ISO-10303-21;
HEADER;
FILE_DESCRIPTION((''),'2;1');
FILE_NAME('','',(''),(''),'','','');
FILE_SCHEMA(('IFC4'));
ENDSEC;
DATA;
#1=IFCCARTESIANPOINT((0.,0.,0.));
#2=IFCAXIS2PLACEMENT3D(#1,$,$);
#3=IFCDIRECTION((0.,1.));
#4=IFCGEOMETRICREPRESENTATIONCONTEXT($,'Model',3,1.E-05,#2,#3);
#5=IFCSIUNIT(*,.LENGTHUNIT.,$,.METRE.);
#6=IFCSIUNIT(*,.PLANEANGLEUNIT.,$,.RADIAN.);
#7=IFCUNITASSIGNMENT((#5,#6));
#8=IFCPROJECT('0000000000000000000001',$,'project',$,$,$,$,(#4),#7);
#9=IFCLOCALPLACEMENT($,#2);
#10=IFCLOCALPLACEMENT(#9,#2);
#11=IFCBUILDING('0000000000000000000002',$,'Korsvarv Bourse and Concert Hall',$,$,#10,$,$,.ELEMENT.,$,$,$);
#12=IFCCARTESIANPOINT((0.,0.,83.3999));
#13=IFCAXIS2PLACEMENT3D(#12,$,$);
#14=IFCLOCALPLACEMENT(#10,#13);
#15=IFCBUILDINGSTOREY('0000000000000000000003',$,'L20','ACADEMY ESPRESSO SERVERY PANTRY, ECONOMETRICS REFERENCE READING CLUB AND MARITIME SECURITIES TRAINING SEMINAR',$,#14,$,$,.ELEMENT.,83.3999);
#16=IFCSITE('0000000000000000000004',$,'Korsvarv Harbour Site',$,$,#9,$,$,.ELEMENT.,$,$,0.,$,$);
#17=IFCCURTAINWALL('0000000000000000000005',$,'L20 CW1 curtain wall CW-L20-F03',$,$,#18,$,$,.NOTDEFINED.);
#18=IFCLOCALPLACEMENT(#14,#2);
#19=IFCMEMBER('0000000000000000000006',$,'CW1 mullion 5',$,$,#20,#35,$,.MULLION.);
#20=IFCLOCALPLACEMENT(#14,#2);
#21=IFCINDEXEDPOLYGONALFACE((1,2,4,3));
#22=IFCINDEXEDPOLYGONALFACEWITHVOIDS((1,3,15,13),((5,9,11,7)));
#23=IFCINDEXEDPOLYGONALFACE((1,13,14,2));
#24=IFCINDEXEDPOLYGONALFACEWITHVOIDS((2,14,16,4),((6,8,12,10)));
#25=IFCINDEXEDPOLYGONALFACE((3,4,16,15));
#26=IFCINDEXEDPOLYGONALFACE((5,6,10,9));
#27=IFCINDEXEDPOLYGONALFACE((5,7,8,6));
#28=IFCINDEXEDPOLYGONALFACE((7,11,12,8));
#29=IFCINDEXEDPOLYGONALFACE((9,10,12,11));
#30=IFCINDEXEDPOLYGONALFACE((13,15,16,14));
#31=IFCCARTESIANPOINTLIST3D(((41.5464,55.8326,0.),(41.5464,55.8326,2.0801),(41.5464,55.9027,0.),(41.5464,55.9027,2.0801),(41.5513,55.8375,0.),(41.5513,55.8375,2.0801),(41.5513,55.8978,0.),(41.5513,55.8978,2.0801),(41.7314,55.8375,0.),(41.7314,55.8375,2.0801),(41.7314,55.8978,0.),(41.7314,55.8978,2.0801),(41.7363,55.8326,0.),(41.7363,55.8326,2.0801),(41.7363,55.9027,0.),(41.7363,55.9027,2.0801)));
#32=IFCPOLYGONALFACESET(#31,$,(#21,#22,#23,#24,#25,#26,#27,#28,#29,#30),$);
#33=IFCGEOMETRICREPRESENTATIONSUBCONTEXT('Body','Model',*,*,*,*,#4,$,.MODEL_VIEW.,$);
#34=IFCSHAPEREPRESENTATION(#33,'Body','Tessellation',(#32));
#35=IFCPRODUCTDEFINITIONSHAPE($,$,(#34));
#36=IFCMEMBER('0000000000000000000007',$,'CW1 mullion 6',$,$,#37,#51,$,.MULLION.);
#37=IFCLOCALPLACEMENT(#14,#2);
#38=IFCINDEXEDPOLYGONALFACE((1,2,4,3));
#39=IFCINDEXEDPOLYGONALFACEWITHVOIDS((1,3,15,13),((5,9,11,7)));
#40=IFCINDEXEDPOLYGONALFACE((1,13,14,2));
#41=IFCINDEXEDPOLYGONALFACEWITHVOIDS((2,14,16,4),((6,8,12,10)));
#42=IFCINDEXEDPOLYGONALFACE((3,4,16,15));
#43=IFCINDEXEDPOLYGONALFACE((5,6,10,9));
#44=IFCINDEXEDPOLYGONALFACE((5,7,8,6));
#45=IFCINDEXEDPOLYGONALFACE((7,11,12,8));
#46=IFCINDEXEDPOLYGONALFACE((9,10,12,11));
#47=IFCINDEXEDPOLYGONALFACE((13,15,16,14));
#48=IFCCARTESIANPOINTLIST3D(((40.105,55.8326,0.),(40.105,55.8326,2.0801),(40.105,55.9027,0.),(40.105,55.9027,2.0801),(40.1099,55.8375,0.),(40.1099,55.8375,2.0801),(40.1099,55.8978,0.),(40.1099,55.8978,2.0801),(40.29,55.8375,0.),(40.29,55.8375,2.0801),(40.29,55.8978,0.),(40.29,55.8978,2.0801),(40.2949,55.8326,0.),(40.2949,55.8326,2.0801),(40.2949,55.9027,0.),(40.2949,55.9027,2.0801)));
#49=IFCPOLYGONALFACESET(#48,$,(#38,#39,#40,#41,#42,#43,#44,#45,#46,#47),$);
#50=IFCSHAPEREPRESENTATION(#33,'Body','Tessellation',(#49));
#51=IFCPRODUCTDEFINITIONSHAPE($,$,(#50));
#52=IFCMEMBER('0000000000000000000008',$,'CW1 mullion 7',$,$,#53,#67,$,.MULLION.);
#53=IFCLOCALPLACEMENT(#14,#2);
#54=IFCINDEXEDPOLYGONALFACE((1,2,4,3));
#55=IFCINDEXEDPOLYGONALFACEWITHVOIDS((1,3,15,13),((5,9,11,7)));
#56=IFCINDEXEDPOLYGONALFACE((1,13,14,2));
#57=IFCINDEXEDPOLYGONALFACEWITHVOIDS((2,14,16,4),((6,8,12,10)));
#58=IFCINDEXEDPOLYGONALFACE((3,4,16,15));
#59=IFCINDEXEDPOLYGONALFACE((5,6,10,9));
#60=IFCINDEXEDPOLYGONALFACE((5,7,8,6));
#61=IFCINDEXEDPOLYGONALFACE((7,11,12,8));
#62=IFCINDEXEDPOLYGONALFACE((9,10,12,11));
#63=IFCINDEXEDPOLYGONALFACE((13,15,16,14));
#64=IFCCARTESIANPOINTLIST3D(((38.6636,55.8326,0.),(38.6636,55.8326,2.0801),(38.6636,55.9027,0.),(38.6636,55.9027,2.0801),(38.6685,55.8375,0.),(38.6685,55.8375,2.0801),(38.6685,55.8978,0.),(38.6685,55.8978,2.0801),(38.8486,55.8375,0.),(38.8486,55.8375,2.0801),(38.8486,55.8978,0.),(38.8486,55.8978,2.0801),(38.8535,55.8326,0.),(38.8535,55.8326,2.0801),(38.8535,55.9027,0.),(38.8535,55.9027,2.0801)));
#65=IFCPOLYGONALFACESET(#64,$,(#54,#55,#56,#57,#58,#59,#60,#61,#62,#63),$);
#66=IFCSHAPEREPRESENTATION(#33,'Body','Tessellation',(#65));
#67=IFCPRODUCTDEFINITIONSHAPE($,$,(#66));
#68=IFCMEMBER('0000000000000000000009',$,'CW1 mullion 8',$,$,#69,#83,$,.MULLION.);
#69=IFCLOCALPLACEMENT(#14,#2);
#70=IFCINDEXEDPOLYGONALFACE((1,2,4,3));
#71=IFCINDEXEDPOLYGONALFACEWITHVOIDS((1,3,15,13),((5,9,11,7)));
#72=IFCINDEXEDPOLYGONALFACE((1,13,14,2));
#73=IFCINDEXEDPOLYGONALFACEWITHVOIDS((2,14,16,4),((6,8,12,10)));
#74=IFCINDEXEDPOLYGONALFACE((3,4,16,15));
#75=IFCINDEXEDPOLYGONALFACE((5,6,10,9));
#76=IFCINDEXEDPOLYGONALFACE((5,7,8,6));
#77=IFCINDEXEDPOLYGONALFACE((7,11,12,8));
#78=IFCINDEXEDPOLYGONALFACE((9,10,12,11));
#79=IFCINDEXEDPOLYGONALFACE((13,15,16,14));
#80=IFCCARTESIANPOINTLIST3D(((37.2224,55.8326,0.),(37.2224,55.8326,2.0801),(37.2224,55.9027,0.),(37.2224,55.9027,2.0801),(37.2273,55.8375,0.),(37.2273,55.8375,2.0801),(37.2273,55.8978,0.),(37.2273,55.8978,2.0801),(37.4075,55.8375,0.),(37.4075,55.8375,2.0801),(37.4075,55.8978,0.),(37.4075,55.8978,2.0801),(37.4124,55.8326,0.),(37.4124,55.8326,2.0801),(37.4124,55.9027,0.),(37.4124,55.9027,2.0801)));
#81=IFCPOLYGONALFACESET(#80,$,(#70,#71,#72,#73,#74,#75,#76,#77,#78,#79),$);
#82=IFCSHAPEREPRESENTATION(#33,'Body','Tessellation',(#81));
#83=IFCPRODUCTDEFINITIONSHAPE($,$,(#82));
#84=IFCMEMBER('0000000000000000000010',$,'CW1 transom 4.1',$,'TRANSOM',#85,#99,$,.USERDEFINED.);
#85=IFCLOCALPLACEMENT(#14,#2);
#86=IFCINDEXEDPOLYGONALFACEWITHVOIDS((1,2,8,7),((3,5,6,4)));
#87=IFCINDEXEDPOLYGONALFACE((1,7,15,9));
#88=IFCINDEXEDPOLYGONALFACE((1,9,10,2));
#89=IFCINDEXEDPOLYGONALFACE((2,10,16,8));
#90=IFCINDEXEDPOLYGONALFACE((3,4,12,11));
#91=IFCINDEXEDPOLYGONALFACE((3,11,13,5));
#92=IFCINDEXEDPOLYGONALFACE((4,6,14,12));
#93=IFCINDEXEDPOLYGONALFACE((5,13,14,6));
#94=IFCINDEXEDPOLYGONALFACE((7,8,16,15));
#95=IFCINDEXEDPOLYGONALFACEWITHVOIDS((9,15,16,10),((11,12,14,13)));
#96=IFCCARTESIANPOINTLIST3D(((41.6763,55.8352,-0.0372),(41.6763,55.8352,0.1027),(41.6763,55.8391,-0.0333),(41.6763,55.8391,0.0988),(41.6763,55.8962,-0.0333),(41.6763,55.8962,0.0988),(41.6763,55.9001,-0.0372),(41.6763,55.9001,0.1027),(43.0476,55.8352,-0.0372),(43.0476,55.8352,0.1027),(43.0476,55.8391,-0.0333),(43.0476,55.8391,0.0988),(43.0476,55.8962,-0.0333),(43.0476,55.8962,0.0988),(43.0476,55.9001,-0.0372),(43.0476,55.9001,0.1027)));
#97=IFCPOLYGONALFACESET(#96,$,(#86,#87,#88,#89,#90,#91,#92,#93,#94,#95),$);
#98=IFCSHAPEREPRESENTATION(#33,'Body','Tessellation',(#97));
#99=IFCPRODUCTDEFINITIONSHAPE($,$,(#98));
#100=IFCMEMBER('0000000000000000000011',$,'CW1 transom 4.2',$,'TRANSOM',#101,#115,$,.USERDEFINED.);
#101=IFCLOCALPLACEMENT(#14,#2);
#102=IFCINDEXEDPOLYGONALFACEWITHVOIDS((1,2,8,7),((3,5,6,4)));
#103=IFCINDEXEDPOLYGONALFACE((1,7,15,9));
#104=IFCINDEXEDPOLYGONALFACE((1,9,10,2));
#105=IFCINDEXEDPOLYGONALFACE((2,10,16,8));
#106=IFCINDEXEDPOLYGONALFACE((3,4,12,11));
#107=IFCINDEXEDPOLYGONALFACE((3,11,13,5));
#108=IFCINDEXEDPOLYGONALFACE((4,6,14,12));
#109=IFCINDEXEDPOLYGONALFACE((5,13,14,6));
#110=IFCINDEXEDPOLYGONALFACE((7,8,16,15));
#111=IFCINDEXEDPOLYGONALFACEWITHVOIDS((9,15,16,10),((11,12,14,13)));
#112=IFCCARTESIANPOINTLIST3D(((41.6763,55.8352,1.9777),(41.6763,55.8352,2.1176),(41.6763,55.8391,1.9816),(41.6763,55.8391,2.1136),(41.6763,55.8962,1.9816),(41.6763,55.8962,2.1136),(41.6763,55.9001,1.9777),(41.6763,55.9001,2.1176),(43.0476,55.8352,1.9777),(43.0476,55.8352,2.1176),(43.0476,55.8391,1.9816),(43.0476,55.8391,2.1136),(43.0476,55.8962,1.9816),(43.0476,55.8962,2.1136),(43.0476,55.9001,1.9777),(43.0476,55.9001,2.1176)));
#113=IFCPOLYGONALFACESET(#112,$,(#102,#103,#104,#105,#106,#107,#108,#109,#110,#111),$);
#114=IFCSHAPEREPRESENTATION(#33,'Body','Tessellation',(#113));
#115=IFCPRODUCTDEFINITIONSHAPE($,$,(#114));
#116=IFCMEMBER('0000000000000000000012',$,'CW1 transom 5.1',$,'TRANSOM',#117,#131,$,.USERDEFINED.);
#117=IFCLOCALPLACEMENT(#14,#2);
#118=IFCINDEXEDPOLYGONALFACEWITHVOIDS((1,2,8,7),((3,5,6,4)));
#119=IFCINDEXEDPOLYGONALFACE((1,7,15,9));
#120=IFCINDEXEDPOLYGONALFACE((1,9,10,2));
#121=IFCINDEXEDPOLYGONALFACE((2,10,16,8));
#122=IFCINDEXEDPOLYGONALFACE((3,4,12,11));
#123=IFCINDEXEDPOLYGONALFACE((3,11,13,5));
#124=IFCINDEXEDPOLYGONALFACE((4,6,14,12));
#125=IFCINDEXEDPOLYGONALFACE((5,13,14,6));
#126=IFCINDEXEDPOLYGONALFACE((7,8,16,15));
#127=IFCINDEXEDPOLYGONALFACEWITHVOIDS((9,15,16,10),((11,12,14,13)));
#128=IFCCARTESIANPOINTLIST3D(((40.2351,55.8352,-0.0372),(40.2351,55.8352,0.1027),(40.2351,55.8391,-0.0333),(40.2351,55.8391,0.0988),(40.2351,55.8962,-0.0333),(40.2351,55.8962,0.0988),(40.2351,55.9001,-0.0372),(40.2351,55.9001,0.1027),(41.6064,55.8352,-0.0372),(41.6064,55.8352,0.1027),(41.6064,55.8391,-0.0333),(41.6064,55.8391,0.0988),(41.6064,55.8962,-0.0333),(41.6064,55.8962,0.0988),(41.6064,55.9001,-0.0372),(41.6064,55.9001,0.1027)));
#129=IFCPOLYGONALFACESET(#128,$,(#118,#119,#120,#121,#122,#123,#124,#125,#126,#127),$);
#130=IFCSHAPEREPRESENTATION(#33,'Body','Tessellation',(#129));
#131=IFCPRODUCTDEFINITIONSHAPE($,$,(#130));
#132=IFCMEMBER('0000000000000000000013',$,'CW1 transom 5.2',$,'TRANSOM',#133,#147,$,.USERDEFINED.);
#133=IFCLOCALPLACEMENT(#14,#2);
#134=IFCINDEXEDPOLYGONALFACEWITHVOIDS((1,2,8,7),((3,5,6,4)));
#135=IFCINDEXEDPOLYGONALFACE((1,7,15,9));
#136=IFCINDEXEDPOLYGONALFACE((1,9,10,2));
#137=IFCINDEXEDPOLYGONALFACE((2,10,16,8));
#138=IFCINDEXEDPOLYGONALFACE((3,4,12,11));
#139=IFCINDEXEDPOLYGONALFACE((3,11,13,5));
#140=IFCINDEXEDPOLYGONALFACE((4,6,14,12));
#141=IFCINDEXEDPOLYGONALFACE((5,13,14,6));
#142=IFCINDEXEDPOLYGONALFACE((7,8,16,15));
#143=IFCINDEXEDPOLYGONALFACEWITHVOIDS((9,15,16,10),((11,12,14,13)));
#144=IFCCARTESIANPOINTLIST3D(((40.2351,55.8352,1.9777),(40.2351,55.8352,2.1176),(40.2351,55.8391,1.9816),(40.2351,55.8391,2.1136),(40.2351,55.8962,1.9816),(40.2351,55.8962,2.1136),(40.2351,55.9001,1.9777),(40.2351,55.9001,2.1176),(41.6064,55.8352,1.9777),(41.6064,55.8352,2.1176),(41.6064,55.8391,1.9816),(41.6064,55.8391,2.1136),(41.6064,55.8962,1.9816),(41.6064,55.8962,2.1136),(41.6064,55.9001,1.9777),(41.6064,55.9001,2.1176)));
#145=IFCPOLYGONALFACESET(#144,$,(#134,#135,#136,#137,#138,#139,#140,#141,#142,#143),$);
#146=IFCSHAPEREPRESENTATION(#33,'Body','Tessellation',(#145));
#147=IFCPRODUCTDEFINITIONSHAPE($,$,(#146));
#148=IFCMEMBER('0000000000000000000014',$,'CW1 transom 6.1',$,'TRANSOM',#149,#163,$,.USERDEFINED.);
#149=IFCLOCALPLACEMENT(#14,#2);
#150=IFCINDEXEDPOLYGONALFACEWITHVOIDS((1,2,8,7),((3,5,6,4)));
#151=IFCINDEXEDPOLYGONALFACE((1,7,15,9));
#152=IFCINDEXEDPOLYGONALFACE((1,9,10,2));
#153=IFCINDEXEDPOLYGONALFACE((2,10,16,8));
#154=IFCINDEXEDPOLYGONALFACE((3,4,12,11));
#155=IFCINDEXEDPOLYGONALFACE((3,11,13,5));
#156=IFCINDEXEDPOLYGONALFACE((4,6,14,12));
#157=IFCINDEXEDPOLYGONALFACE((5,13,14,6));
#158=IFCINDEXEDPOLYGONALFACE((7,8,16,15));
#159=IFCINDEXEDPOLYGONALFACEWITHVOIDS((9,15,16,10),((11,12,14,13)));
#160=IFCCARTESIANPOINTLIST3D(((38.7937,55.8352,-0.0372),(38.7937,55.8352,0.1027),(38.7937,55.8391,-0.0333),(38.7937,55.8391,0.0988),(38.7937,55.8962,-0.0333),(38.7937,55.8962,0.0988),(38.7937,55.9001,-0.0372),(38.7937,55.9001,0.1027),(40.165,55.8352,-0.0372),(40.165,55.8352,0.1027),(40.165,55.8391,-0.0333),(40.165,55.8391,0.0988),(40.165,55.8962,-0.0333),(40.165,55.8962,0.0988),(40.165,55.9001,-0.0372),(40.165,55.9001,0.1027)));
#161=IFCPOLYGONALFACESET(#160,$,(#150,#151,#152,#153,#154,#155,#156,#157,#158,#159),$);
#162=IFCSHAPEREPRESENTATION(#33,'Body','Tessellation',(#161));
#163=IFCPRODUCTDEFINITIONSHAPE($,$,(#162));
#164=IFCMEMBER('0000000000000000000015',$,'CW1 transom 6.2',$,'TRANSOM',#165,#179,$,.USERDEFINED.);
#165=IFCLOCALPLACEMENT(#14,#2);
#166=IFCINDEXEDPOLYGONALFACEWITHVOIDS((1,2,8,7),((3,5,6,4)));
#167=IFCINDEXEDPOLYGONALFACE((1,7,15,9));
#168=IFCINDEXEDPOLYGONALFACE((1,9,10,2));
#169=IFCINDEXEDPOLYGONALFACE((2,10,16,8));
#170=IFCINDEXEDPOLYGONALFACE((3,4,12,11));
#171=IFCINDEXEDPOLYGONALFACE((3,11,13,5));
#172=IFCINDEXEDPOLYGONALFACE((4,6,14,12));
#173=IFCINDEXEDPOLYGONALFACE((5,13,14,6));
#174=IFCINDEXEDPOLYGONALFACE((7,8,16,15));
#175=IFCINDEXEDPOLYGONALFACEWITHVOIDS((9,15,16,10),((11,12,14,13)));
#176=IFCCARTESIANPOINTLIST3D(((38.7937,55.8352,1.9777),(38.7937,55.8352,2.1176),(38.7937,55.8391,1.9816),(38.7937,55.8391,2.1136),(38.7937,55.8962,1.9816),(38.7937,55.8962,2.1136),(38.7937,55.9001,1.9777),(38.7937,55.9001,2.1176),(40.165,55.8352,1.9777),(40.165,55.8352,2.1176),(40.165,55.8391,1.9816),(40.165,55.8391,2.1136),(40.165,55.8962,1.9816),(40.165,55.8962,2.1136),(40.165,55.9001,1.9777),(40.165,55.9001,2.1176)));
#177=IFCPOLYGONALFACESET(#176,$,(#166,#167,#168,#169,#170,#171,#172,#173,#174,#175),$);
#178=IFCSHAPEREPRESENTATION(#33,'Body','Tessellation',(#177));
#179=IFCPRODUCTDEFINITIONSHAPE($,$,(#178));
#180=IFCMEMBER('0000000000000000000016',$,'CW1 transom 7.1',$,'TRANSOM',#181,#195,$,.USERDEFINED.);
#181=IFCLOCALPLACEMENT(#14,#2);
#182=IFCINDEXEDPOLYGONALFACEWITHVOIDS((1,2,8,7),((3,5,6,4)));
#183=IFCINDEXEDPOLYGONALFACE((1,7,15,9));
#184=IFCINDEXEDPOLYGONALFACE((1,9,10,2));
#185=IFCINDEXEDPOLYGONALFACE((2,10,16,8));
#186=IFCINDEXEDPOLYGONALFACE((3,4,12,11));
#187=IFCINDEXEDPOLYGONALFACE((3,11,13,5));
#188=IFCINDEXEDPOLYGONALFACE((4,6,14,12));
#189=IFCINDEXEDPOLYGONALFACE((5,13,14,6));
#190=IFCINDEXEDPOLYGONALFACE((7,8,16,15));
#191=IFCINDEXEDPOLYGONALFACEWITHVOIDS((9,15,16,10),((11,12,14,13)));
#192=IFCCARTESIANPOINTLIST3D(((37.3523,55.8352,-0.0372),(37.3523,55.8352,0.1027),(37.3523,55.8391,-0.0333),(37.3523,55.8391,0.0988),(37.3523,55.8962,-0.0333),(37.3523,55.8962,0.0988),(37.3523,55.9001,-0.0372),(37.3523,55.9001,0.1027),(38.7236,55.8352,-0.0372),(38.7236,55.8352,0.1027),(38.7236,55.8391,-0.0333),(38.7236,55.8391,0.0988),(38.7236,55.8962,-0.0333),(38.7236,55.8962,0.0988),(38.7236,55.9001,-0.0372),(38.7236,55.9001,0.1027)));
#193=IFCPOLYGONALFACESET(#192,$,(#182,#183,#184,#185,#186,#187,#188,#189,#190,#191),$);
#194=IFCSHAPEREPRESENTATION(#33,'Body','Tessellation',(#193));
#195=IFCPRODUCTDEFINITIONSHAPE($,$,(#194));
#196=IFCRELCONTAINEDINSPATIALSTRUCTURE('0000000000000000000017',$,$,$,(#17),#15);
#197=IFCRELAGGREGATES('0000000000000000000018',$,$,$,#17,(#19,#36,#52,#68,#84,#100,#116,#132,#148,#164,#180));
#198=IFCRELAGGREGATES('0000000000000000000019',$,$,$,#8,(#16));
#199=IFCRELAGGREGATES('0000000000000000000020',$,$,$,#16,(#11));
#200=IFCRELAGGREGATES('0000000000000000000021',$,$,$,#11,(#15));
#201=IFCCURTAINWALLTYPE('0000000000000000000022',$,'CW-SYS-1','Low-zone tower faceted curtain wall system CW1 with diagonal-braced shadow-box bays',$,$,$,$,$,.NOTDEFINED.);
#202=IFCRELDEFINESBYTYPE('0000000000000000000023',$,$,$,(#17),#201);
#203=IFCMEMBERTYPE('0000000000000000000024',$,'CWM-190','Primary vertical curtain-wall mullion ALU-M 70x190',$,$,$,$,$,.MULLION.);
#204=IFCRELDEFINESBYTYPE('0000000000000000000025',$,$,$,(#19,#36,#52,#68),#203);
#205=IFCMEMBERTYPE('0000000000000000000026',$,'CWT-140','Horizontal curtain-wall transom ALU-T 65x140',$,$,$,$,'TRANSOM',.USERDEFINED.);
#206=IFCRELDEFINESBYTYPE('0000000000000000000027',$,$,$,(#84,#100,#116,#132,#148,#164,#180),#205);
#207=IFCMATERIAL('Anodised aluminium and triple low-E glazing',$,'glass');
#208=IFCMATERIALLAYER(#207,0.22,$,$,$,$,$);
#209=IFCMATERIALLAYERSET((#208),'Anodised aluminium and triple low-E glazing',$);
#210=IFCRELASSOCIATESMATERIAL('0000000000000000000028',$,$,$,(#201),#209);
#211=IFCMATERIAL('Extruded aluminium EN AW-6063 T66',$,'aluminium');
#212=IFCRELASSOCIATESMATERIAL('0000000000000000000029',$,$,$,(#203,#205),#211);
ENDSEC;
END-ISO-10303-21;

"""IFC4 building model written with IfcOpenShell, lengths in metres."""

from ifc_helpers import new_model, si_unit, direction, frame, origin, origin_2d, place, context, subcontext, project, spatial, hollow_rectangle, extrude, source, transform, mapped, material, layer, layer_set, material_profile, profile_set, type_object, element, aggregate, save


model = new_model("IFC4")

# Units and contexts
model_context = context("Model", 3, precision=1e-05, world=origin(), true_north=direction((0.0, 1.0)))
body_context = subcontext(model_context, "Body", "Model", "MODEL_VIEW")
ifc_project = project(units=[si_unit("LENGTHUNIT", "METRE"), si_unit("PLANEANGLEUNIT", "RADIAN")], contexts=[model_context])

# Site, building, storey
site_placement = place(None, origin())
site = spatial("IfcSite", under=ifc_project, at=site_placement, Name="Korsvarv Harbour Site", CompositionType="ELEMENT", RefElevation=0.0)
building_placement = place(site_placement, origin())
building = spatial("IfcBuilding", under=site, at=building_placement, Name="Korsvarv Bourse and Concert Hall", CompositionType="ELEMENT")
storey_placement = place(building_placement, frame((0.0, 0.0, 83.3999)))
storey = spatial("IfcBuildingStorey", under=building, at=storey_placement, Name="L20", Description="ACADEMY ESPRESSO SERVERY PANTRY, ECONOMETRICS REFERENCE READING CLUB AND MARITIME SECURITIES TRAINING SEMINAR", CompositionType="ELEMENT", Elevation=83.3999)

# Curtain wall, members
ifc_material_1 = material(Name="Anodised aluminium and triple low-E glazing", Category="glass")
ifc_layer_1 = layer(ifc_material_1, 0.22)
ifc_layer_set_1 = layer_set([ifc_layer_1], Name="Anodised aluminium and triple low-E glazing")
curtain_wall_type = type_object("IfcCurtainWallType", Name="CW-SYS-1", Description="Low-zone tower faceted curtain wall system CW1 with diagonal-braced shadow-box bays", PredefinedType="NOTDEFINED", material=ifc_layer_set_1)
curtain_wall_placement = place(storey_placement, origin())
curtain_wall = element("IfcCurtainWall", 1, at=curtain_wall_placement, inside=storey, type_object=curtain_wall_type, Name="L20 CW1 curtain wall CW-L20-F03", PredefinedType="NOTDEFINED")
ifc_material_2 = material(Name="Extruded aluminium EN AW-6063 T66", Category="aluminium")
ifc_material_profile_1 = material_profile(ifc_material_2, hollow_rectangle(XDim=0.0701, YDim=0.1899, WallThickness=0.0049, at=origin_2d()), Name="ALU-M 70x190")
ifc_profile_set_1 = profile_set([ifc_material_profile_1], Name="Extruded aluminium EN AW-6063 T66")
member_type_1 = type_object("IfcMemberType", Name="CWM-190", Description="Primary vertical curtain-wall mullion ALU-M 70x190", PredefinedType="MULLION", material=ifc_profile_set_1)
shared_shape_1 = source(origin(), body_context, "Body", "SweptSolid", [
    extrude(hollow_rectangle(XDim=0.0701, YDim=0.1899, WallThickness=0.0049, at=origin_2d()), origin(), (0.0, 0.0, 1.0), 2.0801),
])
member_1_placement = place(storey_placement, frame((41.6414, 55.8677, 0.0), z_axis=(0.0, 0.0, 1.0), x_axis=(0.0, -1.0, 0.0)))
member_1 = element("IfcMember", 2, at=member_1_placement, type_object=member_type_1, Name="CW1 mullion 5", PredefinedType="MULLION", context=body_context, shape_type="MappedRepresentation", body=[
    mapped(shared_shape_1, transform((0.0, 0.0, 0.0), scale=1.0)),
])
member_2_placement = place(storey_placement, frame((40.2, 55.8677, 0.0), z_axis=(0.0, 0.0, 1.0), x_axis=(0.0, -1.0, 0.0)))
member_2 = element("IfcMember", 3, at=member_2_placement, type_object=member_type_1, Name="CW1 mullion 6", PredefinedType="MULLION", context=body_context, shape_type="MappedRepresentation", body=[
    mapped(shared_shape_1, transform((0.0, 0.0, 0.0), scale=1.0)),
])
member_3_placement = place(storey_placement, frame((38.7585, 55.8677, 0.0), z_axis=(0.0, 0.0, 1.0), x_axis=(0.0, -1.0, 0.0)))
member_3 = element("IfcMember", 4, at=member_3_placement, type_object=member_type_1, Name="CW1 mullion 7", PredefinedType="MULLION", context=body_context, shape_type="MappedRepresentation", body=[
    mapped(shared_shape_1, transform((0.0, 0.0, 0.0), scale=1.0)),
])
member_4_placement = place(storey_placement, frame((37.3174, 55.8677, 0.0), z_axis=(0.0, 0.0, 1.0), x_axis=(0.0, -1.0, 0.0)))
member_4 = element("IfcMember", 5, at=member_4_placement, type_object=member_type_1, Name="CW1 mullion 8", PredefinedType="MULLION", context=body_context, shape_type="MappedRepresentation", body=[
    mapped(shared_shape_1, transform((0.0, 0.0, 0.0), scale=1.0)),
])
ifc_material_profile_2 = material_profile(ifc_material_2, hollow_rectangle(XDim=0.0649, YDim=0.1399, WallThickness=0.0039, at=origin_2d()), Name="ALU-T 65x140")
ifc_profile_set_2 = profile_set([ifc_material_profile_2], Name="Extruded aluminium EN AW-6063 T66")
member_type_2 = type_object("IfcMemberType", Name="CWT-140", Description="Horizontal curtain-wall transom ALU-T 65x140", ElementType="TRANSOM", PredefinedType="USERDEFINED", material=ifc_profile_set_2)
shared_shape_2 = source(origin(), body_context, "Body", "SweptSolid", [
    extrude(hollow_rectangle(XDim=0.0649, YDim=0.1399, WallThickness=0.0039, at=origin_2d()), origin(), (0.0, 0.0, 1.0), 1.3713),
])
member_5_placement = place(storey_placement, frame((43.0476, 55.8677, 0.0327), z_axis=(-1.0, 0.0, 0.0), x_axis=(0.0, -1.0, 0.0)))
member_5 = element("IfcMember", 6, at=member_5_placement, type_object=member_type_2, Name="CW1 transom 4.1", ObjectType="TRANSOM", PredefinedType="USERDEFINED", context=body_context, shape_type="MappedRepresentation", body=[
    mapped(shared_shape_2, transform((0.0, 0.0, 0.0), scale=1.0)),
])
member_6_placement = place(storey_placement, frame((43.0476, 55.8677, 2.0476), z_axis=(-1.0, 0.0, 0.0), x_axis=(0.0, -1.0, 0.0)))
member_6 = element("IfcMember", 7, at=member_6_placement, type_object=member_type_2, Name="CW1 transom 4.2", ObjectType="TRANSOM", PredefinedType="USERDEFINED", context=body_context, shape_type="MappedRepresentation", body=[
    mapped(shared_shape_2, transform((0.0, 0.0, 0.0), scale=1.0)),
])
member_7_placement = place(storey_placement, frame((41.6064, 55.8677, 0.0327), z_axis=(-1.0, 0.0, 0.0), x_axis=(0.0, -1.0, 0.0)))
member_7 = element("IfcMember", 8, at=member_7_placement, type_object=member_type_2, Name="CW1 transom 5.1", ObjectType="TRANSOM", PredefinedType="USERDEFINED", context=body_context, shape_type="MappedRepresentation", body=[
    mapped(shared_shape_2, transform((0.0, 0.0, 0.0), scale=1.0)),
])
member_8_placement = place(storey_placement, frame((41.6064, 55.8677, 2.0476), z_axis=(-1.0, 0.0, 0.0), x_axis=(0.0, -1.0, 0.0)))
member_8 = element("IfcMember", 9, at=member_8_placement, type_object=member_type_2, Name="CW1 transom 5.2", ObjectType="TRANSOM", PredefinedType="USERDEFINED", context=body_context, shape_type="MappedRepresentation", body=[
    mapped(shared_shape_2, transform((0.0, 0.0, 0.0), scale=1.0)),
])
member_9_placement = place(storey_placement, frame((40.165, 55.8677, 0.0327), z_axis=(-1.0, 0.0, 0.0), x_axis=(0.0, -1.0, 0.0)))
member_9 = element("IfcMember", 10, at=member_9_placement, type_object=member_type_2, Name="CW1 transom 6.1", ObjectType="TRANSOM", PredefinedType="USERDEFINED", context=body_context, shape_type="MappedRepresentation", body=[
    mapped(shared_shape_2, transform((0.0, 0.0, 0.0), scale=1.0)),
])
member_10_placement = place(storey_placement, frame((40.165, 55.8677, 2.0476), z_axis=(-1.0, 0.0, 0.0), x_axis=(0.0, -1.0, 0.0)))
member_10 = element("IfcMember", 11, at=member_10_placement, type_object=member_type_2, Name="CW1 transom 6.2", ObjectType="TRANSOM", PredefinedType="USERDEFINED", context=body_context, shape_type="MappedRepresentation", body=[
    mapped(shared_shape_2, transform((0.0, 0.0, 0.0), scale=1.0)),
])
member_11_placement = place(storey_placement, frame((38.7236, 55.8677, 0.0327), z_axis=(-1.0, 0.0, 0.0), x_axis=(0.0, -1.0, 0.0)))
member_11 = element("IfcMember", 12, at=member_11_placement, type_object=member_type_2, Name="CW1 transom 7.1", ObjectType="TRANSOM", PredefinedType="USERDEFINED", context=body_context, shape_type="MappedRepresentation", body=[
    mapped(shared_shape_2, transform((0.0, 0.0, 0.0), scale=1.0)),
])
aggregate(curtain_wall, [member_1, member_2, member_3, member_4, member_5, member_6, member_7, member_8, member_9, member_10, member_11])

save(model, "model.ifc")
